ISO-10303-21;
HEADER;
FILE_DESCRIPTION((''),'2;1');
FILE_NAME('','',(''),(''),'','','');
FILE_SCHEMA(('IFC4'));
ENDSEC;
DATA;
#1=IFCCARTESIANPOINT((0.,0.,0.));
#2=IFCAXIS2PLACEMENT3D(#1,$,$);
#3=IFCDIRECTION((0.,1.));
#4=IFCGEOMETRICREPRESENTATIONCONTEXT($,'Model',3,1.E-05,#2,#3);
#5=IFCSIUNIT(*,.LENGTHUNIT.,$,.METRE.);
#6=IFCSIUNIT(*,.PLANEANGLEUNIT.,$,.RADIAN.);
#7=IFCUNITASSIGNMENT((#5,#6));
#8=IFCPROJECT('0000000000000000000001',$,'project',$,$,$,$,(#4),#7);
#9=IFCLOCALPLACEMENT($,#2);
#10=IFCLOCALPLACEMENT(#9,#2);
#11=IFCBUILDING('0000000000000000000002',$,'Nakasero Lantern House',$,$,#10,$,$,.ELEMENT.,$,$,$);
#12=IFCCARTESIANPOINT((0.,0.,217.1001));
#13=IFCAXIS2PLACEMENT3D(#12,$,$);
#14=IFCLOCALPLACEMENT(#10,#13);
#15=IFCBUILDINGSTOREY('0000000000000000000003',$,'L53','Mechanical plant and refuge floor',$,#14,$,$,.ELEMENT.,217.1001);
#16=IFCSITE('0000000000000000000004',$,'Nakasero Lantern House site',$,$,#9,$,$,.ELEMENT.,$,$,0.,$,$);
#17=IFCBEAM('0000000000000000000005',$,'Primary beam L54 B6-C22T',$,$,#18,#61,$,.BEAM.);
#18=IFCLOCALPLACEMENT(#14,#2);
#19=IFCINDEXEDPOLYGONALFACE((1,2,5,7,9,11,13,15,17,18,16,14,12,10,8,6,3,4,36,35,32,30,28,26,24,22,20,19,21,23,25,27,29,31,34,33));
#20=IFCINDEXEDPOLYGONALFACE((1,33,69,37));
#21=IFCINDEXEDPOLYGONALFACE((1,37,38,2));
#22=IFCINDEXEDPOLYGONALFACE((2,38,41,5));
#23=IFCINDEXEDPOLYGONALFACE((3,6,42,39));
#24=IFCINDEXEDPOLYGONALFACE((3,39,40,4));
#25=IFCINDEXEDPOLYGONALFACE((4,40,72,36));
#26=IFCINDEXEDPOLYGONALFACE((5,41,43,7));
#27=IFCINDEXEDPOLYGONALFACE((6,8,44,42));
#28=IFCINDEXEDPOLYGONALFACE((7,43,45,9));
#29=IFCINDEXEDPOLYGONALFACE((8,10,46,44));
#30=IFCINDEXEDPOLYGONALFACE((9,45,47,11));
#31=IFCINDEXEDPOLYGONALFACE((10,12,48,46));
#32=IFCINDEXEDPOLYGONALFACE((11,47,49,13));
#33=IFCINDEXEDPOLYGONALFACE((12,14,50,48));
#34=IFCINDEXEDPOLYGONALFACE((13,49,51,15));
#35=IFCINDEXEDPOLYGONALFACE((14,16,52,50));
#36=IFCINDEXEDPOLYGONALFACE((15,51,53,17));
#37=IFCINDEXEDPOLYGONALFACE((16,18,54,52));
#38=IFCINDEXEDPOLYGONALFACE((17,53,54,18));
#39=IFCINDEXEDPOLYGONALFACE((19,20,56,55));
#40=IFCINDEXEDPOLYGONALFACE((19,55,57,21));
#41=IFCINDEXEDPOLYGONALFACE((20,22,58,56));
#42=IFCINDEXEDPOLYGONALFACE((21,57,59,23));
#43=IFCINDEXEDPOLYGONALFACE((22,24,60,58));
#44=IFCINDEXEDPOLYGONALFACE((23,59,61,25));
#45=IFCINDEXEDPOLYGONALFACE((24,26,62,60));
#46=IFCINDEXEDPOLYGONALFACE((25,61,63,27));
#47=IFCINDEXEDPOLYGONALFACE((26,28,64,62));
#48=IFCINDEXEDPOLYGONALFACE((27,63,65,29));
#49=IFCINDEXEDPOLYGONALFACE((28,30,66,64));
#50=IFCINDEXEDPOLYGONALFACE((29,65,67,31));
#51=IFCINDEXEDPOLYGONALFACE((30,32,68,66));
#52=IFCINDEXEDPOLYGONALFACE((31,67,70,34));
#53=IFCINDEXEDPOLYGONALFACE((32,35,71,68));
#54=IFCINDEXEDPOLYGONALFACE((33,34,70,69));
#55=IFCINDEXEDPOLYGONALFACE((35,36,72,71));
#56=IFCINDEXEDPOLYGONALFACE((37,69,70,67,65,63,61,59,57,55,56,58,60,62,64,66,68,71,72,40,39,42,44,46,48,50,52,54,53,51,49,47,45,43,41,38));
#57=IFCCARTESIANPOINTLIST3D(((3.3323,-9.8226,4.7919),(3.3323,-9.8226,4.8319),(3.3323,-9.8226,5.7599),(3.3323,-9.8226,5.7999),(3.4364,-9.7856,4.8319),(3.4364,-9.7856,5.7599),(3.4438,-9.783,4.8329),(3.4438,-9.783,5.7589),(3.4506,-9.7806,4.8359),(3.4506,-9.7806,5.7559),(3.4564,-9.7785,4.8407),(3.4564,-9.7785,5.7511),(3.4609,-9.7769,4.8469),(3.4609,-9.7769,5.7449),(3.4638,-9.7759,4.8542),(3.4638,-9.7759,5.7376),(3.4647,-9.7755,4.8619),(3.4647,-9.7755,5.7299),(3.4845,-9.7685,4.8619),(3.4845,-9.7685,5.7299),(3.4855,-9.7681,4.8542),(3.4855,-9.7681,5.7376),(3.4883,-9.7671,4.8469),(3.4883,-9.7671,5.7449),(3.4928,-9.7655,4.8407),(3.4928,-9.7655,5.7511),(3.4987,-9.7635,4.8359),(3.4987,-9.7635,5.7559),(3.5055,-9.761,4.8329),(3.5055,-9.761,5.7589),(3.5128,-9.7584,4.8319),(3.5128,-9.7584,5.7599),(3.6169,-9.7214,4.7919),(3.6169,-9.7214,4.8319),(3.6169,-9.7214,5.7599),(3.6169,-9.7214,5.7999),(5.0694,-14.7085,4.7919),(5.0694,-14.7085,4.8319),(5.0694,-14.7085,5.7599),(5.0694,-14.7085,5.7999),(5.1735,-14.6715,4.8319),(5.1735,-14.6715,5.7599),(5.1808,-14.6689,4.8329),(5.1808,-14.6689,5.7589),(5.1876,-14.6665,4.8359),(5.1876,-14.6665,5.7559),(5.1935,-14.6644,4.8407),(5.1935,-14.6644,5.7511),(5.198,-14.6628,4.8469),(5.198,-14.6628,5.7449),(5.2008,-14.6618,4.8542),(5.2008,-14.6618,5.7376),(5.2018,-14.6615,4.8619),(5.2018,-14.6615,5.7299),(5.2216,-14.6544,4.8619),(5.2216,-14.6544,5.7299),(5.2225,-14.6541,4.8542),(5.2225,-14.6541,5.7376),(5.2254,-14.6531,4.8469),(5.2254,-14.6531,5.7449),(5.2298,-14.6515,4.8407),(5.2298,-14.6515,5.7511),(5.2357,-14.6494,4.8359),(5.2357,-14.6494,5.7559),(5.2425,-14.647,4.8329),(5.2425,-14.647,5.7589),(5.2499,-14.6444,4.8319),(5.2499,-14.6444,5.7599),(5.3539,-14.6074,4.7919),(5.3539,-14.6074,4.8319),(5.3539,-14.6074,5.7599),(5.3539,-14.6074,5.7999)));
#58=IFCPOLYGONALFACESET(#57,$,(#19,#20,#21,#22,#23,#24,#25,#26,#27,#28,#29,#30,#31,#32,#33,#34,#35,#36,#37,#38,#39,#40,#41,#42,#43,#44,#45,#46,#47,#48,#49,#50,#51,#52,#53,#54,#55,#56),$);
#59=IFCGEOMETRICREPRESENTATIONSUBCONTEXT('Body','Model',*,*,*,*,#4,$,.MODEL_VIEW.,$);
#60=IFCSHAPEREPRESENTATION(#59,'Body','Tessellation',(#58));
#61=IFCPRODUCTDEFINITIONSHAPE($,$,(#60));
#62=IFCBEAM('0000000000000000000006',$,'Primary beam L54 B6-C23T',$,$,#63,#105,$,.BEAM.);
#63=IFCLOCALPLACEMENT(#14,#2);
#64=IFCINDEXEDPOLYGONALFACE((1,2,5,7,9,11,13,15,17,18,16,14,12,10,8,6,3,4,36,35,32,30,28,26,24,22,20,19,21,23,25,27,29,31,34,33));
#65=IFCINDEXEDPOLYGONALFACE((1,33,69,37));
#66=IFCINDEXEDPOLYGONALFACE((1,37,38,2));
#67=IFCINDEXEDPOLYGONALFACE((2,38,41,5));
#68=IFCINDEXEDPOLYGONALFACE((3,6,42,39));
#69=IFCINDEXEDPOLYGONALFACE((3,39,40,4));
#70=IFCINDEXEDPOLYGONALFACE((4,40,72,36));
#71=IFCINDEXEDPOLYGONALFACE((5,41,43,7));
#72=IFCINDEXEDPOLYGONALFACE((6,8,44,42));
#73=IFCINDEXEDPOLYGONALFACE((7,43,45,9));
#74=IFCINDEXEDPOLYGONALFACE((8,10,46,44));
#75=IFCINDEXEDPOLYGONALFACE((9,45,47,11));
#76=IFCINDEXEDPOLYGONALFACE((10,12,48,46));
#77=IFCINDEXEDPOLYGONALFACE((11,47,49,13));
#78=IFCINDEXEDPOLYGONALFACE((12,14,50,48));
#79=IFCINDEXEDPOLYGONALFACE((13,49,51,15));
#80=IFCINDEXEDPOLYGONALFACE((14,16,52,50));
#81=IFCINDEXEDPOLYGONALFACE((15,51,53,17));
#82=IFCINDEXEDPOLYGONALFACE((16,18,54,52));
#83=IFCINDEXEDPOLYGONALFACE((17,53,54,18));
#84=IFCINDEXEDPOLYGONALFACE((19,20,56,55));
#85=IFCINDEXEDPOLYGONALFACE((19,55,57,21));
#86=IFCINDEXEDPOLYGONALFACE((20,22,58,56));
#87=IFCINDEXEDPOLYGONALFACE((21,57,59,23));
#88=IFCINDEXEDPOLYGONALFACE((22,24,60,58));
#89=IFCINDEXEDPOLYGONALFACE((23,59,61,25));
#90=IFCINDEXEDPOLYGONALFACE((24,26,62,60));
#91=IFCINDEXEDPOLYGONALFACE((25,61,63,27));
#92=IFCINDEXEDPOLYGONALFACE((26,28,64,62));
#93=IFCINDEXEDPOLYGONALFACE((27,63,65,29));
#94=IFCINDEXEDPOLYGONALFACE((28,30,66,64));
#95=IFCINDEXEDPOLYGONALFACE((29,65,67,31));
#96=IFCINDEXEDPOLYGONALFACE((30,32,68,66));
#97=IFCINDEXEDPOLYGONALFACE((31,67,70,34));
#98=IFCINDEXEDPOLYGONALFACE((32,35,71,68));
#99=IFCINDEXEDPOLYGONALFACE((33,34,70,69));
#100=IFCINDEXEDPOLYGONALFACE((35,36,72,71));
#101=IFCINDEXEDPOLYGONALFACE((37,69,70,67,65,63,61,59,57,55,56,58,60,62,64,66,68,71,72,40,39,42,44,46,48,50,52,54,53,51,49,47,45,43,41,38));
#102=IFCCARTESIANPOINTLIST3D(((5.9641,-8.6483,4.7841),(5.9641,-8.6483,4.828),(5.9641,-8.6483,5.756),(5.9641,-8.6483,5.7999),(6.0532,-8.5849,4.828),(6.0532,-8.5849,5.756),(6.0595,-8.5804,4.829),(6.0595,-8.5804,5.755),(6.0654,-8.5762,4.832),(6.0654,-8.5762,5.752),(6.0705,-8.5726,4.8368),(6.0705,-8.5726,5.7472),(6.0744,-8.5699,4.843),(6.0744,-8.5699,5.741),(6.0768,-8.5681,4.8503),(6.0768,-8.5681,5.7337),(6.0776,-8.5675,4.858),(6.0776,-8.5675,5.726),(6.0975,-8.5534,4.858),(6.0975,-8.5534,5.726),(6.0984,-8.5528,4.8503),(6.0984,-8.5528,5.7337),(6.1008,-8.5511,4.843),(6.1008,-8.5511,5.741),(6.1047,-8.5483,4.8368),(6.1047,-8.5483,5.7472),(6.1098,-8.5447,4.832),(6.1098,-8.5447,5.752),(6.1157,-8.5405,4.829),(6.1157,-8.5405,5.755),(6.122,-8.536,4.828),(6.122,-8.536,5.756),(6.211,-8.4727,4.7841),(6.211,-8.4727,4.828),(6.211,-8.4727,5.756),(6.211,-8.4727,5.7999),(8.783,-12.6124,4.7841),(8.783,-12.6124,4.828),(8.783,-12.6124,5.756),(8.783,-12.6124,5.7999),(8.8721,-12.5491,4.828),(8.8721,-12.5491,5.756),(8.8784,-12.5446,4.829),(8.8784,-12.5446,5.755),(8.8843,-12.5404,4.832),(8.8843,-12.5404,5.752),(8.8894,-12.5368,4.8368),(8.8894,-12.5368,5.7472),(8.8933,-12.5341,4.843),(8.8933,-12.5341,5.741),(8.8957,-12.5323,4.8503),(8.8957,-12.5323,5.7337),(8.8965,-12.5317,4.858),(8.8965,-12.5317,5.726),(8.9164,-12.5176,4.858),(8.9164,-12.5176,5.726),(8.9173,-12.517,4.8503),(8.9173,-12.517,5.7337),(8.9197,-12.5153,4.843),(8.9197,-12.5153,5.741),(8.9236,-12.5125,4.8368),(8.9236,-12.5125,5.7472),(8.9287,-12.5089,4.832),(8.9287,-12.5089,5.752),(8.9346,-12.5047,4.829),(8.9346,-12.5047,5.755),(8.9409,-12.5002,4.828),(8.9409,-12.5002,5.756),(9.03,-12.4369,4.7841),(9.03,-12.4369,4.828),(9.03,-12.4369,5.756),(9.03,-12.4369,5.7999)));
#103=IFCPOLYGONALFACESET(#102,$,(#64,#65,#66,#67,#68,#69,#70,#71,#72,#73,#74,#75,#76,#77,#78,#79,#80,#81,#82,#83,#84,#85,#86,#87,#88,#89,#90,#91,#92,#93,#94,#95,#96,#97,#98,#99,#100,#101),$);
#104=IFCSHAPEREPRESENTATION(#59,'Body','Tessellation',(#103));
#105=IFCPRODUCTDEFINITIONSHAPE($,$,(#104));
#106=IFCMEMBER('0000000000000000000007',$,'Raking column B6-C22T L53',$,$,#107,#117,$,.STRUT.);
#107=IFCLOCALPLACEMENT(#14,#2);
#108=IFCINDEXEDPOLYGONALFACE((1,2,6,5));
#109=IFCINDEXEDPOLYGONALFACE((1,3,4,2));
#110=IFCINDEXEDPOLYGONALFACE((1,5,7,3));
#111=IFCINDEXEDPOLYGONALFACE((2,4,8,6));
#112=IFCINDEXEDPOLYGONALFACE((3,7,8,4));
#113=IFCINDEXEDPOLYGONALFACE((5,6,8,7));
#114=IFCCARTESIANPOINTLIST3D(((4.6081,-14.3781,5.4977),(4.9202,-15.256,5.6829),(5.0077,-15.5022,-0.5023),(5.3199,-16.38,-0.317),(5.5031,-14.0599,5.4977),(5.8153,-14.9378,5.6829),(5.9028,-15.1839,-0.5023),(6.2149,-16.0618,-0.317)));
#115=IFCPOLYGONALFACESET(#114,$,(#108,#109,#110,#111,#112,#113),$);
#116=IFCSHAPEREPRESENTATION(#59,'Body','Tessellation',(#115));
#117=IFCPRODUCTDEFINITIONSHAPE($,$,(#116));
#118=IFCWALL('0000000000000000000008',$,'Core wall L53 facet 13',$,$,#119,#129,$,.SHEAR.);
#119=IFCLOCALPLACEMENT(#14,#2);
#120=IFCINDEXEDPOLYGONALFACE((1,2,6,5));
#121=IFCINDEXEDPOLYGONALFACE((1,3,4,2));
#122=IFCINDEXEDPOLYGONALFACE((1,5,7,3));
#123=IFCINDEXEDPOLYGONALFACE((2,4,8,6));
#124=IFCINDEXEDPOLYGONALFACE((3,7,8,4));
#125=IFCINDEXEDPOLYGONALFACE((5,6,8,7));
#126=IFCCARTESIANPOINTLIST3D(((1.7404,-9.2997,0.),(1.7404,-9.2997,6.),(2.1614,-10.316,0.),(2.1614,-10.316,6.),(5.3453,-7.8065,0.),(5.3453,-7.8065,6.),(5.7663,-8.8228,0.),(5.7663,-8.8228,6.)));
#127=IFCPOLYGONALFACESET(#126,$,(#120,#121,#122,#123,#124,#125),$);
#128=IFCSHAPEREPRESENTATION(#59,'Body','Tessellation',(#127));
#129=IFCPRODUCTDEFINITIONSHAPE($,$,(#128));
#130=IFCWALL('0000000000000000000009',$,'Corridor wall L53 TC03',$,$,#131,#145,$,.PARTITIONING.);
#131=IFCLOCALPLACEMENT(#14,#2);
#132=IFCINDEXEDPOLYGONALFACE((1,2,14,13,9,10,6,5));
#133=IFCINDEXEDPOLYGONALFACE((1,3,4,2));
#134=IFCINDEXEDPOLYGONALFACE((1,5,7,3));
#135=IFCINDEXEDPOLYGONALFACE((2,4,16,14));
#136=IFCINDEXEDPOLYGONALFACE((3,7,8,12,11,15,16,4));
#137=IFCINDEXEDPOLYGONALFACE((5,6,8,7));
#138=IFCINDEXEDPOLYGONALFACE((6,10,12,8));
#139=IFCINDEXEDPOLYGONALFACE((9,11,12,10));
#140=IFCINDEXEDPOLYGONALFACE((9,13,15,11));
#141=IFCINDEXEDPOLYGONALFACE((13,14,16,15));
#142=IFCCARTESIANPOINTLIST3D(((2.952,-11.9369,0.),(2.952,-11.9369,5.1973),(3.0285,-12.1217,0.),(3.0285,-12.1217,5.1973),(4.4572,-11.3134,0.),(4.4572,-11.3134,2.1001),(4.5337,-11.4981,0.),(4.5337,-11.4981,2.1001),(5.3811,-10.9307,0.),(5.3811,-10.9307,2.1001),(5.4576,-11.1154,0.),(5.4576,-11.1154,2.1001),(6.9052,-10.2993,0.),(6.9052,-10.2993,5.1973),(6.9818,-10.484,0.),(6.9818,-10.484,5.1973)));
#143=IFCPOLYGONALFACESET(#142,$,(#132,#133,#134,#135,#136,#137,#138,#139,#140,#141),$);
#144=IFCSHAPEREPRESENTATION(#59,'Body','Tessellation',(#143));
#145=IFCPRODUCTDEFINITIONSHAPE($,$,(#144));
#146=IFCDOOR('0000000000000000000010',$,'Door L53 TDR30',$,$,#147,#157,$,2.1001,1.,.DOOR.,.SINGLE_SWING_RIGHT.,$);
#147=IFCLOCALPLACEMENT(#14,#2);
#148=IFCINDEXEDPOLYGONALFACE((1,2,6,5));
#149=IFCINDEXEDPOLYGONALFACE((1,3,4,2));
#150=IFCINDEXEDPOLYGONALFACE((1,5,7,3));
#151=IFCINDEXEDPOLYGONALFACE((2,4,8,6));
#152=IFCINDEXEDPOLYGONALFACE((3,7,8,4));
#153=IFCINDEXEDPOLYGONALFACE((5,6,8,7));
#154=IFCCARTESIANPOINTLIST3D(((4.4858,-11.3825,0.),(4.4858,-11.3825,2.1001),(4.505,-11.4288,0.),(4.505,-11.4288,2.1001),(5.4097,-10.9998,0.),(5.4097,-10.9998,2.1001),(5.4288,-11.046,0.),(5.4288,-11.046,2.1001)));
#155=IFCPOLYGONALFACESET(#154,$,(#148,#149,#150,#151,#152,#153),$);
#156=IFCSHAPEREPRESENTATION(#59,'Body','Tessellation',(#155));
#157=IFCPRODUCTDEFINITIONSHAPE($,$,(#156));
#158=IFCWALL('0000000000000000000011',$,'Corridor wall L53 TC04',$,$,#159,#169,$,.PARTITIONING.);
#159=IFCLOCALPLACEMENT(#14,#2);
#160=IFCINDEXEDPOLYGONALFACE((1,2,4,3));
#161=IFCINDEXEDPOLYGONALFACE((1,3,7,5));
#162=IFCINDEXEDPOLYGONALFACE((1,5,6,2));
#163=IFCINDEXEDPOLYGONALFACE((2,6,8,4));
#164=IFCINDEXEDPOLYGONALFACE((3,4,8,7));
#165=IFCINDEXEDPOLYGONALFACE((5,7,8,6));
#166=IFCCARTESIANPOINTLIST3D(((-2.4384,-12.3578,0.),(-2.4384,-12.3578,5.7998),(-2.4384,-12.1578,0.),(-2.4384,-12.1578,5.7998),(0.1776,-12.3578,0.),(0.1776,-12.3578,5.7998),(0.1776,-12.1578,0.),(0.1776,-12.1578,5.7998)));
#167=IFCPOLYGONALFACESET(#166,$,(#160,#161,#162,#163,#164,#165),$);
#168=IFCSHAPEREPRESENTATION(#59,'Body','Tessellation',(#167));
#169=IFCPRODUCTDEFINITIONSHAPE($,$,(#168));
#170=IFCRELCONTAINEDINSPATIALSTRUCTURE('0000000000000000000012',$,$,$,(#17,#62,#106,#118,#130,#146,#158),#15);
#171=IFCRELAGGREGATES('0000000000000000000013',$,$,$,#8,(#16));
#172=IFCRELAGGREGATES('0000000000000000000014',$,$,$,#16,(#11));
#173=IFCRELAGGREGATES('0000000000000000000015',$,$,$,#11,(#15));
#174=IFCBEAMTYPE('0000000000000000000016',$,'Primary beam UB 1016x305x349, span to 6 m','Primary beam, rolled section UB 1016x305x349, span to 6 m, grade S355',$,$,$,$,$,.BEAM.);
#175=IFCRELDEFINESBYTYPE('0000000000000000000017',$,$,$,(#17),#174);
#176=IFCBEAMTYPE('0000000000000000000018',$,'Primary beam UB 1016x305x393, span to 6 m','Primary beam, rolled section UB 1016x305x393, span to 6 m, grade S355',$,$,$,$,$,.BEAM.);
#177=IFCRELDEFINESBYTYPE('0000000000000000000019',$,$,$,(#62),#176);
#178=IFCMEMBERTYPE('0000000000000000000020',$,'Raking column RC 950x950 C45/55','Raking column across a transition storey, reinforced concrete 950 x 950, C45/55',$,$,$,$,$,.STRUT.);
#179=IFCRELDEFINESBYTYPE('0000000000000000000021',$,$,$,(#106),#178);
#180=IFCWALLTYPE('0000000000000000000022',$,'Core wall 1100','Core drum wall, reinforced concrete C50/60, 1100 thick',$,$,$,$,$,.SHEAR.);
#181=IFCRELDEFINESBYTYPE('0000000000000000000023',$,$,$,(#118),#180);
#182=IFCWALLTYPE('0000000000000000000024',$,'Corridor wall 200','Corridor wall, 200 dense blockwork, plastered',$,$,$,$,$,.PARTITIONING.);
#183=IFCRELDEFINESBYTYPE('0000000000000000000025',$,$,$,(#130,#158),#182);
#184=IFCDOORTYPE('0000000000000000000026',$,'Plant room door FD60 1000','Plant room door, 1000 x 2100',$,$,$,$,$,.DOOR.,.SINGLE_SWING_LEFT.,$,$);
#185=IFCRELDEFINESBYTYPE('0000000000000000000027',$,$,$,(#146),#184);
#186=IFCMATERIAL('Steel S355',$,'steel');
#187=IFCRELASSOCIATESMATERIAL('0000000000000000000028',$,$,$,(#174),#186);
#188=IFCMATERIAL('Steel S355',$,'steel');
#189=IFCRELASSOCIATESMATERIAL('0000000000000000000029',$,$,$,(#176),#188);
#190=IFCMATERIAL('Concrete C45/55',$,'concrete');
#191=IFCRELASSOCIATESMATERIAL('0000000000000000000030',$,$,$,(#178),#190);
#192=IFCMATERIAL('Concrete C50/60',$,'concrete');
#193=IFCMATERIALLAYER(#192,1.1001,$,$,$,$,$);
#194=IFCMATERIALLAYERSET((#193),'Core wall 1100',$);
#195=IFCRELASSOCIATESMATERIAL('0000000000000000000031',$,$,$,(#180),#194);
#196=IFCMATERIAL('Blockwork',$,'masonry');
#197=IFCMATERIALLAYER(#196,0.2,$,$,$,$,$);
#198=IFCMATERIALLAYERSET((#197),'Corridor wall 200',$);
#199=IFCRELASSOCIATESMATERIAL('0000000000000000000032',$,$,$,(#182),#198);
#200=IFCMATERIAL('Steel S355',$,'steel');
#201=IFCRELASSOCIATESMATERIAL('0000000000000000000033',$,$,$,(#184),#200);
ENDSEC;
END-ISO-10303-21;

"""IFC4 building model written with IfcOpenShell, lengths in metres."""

from ifc_helpers import new_model, si_unit, direction, frame, frame_2d, origin, origin_2d, place, context, subcontext, project, spatial, rectangle, i_section, extrude, material, layer, layer_set, material_profile, profile_set, type_object, element, fill, save


model = new_model("IFC4")

# Units and contexts
model_context = context("Model", 3, precision=1e-05, world=origin(), true_north=direction((0.0, 1.0)))
body_context = subcontext(model_context, "Body", "Model", "MODEL_VIEW")
ifc_project = project(units=[si_unit("LENGTHUNIT", "METRE"), si_unit("PLANEANGLEUNIT", "RADIAN")], contexts=[model_context])

# Site, building, storey
site_placement = place(None, origin())
site = spatial("IfcSite", under=ifc_project, at=site_placement, Name="Nakasero Lantern House site", CompositionType="ELEMENT", RefElevation=0.0)
building_placement = place(site_placement, origin())
building = spatial("IfcBuilding", under=site, at=building_placement, Name="Nakasero Lantern House", CompositionType="ELEMENT")
storey_placement = place(building_placement, frame((0.0, 0.0, 217.1001)))
storey = spatial("IfcBuildingStorey", under=building, at=storey_placement, Name="L53", Description="Mechanical plant and refuge floor", CompositionType="ELEMENT", Elevation=217.1001)

# Beams
ifc_material_1 = material(Name="Steel S355", Category="steel")
ifc_material_profile_1 = material_profile(ifc_material_1, i_section(OverallWidth=0.302, OverallDepth=1.0081, WebThickness=0.021, FlangeThickness=0.04, FilletRadius=0.03, at=origin_2d()), Name="UB 1016x305x349")
ifc_profile_set_1 = profile_set([ifc_material_profile_1], Name="Steel S355")
beam_type_1 = type_object("IfcBeamType", Name="Primary beam UB 1016x305x349, span to 6 m", Description="Primary beam, rolled section UB 1016x305x349, span to 6 m, grade S355", PredefinedType="BEAM", material=ifc_profile_set_1)
beam_1_placement = place(storey_placement, frame((5.2117, -14.658, 5.2959), z_axis=(-0.334979, 0.942226, 0.0), x_axis=(-0.942226, -0.334979, 0.0)))
element("IfcBeam", 1, at=beam_1_placement, inside=storey, type_object=beam_type_1, Name="Primary beam L54 B6-C22T", PredefinedType="BEAM", context=body_context, shape_type="SweptSolid", body=[
    extrude(i_section(OverallWidth=0.302, OverallDepth=1.0081, WebThickness=0.021, FlangeThickness=0.04, FilletRadius=0.03, at=origin_2d()), origin(), (0.0, 0.0, 1.0), 5.1855),
])
ifc_material_2 = material(Name="Steel S355", Category="steel")
ifc_material_profile_2 = material_profile(ifc_material_2, i_section(OverallWidth=0.303, OverallDepth=1.0159, WebThickness=0.0244, FlangeThickness=0.0439, FilletRadius=0.03, at=origin_2d()), Name="UB 1016x305x393")
ifc_profile_set_2 = profile_set([ifc_material_profile_2], Name="Steel S355")
beam_type_2 = type_object("IfcBeamType", Name="Primary beam UB 1016x305x393, span to 6 m", Description="Primary beam, rolled section UB 1016x305x393, span to 6 m, grade S355", PredefinedType="BEAM", material=ifc_profile_set_2)
beam_2_placement = place(storey_placement, frame((8.9065, -12.5247, 5.292), z_axis=(-0.579513, 0.814963, 0.0), x_axis=(-0.814963, -0.579513, 0.0)))
element("IfcBeam", 2, at=beam_2_placement, inside=storey, type_object=beam_type_2, Name="Primary beam L54 B6-C23T", PredefinedType="BEAM", context=body_context, shape_type="SweptSolid", body=[
    extrude(i_section(OverallWidth=0.303, OverallDepth=1.0159, WebThickness=0.0244, FlangeThickness=0.0439, FilletRadius=0.03, at=origin_2d()), origin(), (0.0, 0.0, 1.0), 4.8643),
])

# Member
ifc_material_3 = material(Name="Concrete C45/55", Category="concrete")
ifc_material_profile_3 = material_profile(ifc_material_3, rectangle(XDim=0.95, YDim=0.95, at=origin_2d()), Name="RC 950x950")
ifc_profile_set_3 = profile_set([ifc_material_profile_3], Name="Concrete C45/55")
member_type_1 = type_object("IfcMemberType", Name="Raking column RC 950x950 C45/55", Description="Raking column across a transition storey, reinforced concrete 950 x 950, C45/55", PredefinedType="STRUT", material=ifc_profile_set_3)
member_1_placement = place(storey_placement, frame((5.6113, -15.782, -0.4097), z_axis=(-0.065331, 0.183741, 0.980801), x_axis=(-0.942213, -0.335014, 0.0)))
element("IfcMember", 3, at=member_1_placement, inside=storey, type_object=member_type_1, Name="Raking column B6-C22T L53", PredefinedType="STRUT", context=body_context, shape_type="SweptSolid", body=[
    extrude(rectangle(XDim=0.95, YDim=0.95, at=origin_2d()), origin(), (0.0, 0.0, 1.0), 6.1174),
])

# Wall
ifc_material_4 = material(Name="Concrete C50/60", Category="concrete")
ifc_layer_1 = layer(ifc_material_4, 1.1001)
ifc_layer_set_1 = layer_set([ifc_layer_1], Name="Core wall 1100")
wall_type_1 = type_object("IfcWallType", Name="Core wall 1100", Description="Core drum wall, reinforced concrete C50/60, 1100 thick", PredefinedType="SHEAR", material=ifc_layer_set_1)
wall_1_placement = place(storey_placement, frame((1.9509, -9.8079, 0.0), z_axis=(0.0, 0.0, 1.0), x_axis=(0.923877, 0.382691, 0.0)))
element("IfcWall", 4, at=wall_1_placement, inside=storey, type_object=wall_type_1, Name="Core wall L53 facet 13", PredefinedType="SHEAR", context=body_context, shape_type="SweptSolid", body=[
    extrude(rectangle(XDim=3.9019, YDim=1.1001, at=frame_2d((1.9509, 0.0))), origin(), (0.0, 0.0, 1.0), 6.0),
])

# Wall, opening, door
ifc_material_5 = material(Name="Blockwork", Category="masonry")
ifc_layer_2 = layer(ifc_material_5, 0.2)
ifc_layer_set_2 = layer_set([ifc_layer_2], Name="Corridor wall 200")
wall_type_2 = type_object("IfcWallType", Name="Corridor wall 200", Description="Corridor wall, 200 dense blockwork, plastered", PredefinedType="PARTITIONING", material=ifc_layer_set_2)
wall_2_placement = place(storey_placement, frame((6.9436, -10.3916, 0.0), z_axis=(0.0, 0.0, 1.0), x_axis=(-0.923867, -0.382715, 0.0)))
wall_2 = element("IfcWall", 5, at=wall_2_placement, inside=storey, type_object=wall_type_2, Name="Corridor wall L53 TC03", PredefinedType="PARTITIONING", context=body_context, shape_type="SweptSolid", body=[
    extrude(rectangle(XDim=4.2791, YDim=0.2, at=frame_2d((2.1396, 0.0))), origin(), (0.0, 0.0, 1.0), 5.1973),
])
opening_placement = place(wall_2_placement, frame((1.6499, 0.0, 0.0)))
opening = element("IfcOpeningElement", 6, at=opening_placement, cuts=wall_2, PredefinedType="OPENING", context=body_context, shape_type="SweptSolid", body=[
    extrude(rectangle(XDim=1.0, YDim=2.1001, at=frame_2d((0.5, 1.05))), frame((0.0, 0.1199, 0.0), z_axis=(0.0, -1.0, 0.0), x_axis=(1.0, 0.0, 0.0)), (0.0, 0.0, 1.0), 0.24),
])
ifc_material_6 = material(Name="Steel S355", Category="steel")
door_type = type_object("IfcDoorType", Name="Plant room door FD60 1000", Description="Plant room door, 1000 x 2100", OperationType="SINGLE_SWING_LEFT", PredefinedType="DOOR", material=ifc_material_6)
door_placement = place(opening_placement, origin())
door = element("IfcDoor", 7, at=door_placement, inside=storey, type_object=door_type, Name="Door L53 TDR30", OperationType="SINGLE_SWING_RIGHT", OverallHeight=2.1001, OverallWidth=1.0, PredefinedType="DOOR", context=body_context, shape_type="SweptSolid", body=[
    extrude(rectangle(XDim=1.0, YDim=2.1001, at=frame_2d((0.5, 1.05))), frame((0.0, 0.0249, 0.0), z_axis=(0.0, -1.0, 0.0), x_axis=(1.0, 0.0, 0.0)), (0.0, 0.0, 1.0), 0.05),
])
fill(opening, door)

# Wall
wall_3_placement = place(storey_placement, frame((0.1777, -12.2578, 0.0), z_axis=(0.0, 0.0, 1.0), x_axis=(-1.0, 0.0, 0.0)))
element("IfcWall", 8, at=wall_3_placement, inside=storey, type_object=wall_type_2, Name="Corridor wall L53 TC04", PredefinedType="PARTITIONING", context=body_context, shape_type="SweptSolid", body=[
    extrude(rectangle(XDim=2.616, YDim=0.2, at=frame_2d((1.3081, 0.0))), origin(), (0.0, 0.0, 1.0), 5.7998),
])

save(model, "model.ifc")
